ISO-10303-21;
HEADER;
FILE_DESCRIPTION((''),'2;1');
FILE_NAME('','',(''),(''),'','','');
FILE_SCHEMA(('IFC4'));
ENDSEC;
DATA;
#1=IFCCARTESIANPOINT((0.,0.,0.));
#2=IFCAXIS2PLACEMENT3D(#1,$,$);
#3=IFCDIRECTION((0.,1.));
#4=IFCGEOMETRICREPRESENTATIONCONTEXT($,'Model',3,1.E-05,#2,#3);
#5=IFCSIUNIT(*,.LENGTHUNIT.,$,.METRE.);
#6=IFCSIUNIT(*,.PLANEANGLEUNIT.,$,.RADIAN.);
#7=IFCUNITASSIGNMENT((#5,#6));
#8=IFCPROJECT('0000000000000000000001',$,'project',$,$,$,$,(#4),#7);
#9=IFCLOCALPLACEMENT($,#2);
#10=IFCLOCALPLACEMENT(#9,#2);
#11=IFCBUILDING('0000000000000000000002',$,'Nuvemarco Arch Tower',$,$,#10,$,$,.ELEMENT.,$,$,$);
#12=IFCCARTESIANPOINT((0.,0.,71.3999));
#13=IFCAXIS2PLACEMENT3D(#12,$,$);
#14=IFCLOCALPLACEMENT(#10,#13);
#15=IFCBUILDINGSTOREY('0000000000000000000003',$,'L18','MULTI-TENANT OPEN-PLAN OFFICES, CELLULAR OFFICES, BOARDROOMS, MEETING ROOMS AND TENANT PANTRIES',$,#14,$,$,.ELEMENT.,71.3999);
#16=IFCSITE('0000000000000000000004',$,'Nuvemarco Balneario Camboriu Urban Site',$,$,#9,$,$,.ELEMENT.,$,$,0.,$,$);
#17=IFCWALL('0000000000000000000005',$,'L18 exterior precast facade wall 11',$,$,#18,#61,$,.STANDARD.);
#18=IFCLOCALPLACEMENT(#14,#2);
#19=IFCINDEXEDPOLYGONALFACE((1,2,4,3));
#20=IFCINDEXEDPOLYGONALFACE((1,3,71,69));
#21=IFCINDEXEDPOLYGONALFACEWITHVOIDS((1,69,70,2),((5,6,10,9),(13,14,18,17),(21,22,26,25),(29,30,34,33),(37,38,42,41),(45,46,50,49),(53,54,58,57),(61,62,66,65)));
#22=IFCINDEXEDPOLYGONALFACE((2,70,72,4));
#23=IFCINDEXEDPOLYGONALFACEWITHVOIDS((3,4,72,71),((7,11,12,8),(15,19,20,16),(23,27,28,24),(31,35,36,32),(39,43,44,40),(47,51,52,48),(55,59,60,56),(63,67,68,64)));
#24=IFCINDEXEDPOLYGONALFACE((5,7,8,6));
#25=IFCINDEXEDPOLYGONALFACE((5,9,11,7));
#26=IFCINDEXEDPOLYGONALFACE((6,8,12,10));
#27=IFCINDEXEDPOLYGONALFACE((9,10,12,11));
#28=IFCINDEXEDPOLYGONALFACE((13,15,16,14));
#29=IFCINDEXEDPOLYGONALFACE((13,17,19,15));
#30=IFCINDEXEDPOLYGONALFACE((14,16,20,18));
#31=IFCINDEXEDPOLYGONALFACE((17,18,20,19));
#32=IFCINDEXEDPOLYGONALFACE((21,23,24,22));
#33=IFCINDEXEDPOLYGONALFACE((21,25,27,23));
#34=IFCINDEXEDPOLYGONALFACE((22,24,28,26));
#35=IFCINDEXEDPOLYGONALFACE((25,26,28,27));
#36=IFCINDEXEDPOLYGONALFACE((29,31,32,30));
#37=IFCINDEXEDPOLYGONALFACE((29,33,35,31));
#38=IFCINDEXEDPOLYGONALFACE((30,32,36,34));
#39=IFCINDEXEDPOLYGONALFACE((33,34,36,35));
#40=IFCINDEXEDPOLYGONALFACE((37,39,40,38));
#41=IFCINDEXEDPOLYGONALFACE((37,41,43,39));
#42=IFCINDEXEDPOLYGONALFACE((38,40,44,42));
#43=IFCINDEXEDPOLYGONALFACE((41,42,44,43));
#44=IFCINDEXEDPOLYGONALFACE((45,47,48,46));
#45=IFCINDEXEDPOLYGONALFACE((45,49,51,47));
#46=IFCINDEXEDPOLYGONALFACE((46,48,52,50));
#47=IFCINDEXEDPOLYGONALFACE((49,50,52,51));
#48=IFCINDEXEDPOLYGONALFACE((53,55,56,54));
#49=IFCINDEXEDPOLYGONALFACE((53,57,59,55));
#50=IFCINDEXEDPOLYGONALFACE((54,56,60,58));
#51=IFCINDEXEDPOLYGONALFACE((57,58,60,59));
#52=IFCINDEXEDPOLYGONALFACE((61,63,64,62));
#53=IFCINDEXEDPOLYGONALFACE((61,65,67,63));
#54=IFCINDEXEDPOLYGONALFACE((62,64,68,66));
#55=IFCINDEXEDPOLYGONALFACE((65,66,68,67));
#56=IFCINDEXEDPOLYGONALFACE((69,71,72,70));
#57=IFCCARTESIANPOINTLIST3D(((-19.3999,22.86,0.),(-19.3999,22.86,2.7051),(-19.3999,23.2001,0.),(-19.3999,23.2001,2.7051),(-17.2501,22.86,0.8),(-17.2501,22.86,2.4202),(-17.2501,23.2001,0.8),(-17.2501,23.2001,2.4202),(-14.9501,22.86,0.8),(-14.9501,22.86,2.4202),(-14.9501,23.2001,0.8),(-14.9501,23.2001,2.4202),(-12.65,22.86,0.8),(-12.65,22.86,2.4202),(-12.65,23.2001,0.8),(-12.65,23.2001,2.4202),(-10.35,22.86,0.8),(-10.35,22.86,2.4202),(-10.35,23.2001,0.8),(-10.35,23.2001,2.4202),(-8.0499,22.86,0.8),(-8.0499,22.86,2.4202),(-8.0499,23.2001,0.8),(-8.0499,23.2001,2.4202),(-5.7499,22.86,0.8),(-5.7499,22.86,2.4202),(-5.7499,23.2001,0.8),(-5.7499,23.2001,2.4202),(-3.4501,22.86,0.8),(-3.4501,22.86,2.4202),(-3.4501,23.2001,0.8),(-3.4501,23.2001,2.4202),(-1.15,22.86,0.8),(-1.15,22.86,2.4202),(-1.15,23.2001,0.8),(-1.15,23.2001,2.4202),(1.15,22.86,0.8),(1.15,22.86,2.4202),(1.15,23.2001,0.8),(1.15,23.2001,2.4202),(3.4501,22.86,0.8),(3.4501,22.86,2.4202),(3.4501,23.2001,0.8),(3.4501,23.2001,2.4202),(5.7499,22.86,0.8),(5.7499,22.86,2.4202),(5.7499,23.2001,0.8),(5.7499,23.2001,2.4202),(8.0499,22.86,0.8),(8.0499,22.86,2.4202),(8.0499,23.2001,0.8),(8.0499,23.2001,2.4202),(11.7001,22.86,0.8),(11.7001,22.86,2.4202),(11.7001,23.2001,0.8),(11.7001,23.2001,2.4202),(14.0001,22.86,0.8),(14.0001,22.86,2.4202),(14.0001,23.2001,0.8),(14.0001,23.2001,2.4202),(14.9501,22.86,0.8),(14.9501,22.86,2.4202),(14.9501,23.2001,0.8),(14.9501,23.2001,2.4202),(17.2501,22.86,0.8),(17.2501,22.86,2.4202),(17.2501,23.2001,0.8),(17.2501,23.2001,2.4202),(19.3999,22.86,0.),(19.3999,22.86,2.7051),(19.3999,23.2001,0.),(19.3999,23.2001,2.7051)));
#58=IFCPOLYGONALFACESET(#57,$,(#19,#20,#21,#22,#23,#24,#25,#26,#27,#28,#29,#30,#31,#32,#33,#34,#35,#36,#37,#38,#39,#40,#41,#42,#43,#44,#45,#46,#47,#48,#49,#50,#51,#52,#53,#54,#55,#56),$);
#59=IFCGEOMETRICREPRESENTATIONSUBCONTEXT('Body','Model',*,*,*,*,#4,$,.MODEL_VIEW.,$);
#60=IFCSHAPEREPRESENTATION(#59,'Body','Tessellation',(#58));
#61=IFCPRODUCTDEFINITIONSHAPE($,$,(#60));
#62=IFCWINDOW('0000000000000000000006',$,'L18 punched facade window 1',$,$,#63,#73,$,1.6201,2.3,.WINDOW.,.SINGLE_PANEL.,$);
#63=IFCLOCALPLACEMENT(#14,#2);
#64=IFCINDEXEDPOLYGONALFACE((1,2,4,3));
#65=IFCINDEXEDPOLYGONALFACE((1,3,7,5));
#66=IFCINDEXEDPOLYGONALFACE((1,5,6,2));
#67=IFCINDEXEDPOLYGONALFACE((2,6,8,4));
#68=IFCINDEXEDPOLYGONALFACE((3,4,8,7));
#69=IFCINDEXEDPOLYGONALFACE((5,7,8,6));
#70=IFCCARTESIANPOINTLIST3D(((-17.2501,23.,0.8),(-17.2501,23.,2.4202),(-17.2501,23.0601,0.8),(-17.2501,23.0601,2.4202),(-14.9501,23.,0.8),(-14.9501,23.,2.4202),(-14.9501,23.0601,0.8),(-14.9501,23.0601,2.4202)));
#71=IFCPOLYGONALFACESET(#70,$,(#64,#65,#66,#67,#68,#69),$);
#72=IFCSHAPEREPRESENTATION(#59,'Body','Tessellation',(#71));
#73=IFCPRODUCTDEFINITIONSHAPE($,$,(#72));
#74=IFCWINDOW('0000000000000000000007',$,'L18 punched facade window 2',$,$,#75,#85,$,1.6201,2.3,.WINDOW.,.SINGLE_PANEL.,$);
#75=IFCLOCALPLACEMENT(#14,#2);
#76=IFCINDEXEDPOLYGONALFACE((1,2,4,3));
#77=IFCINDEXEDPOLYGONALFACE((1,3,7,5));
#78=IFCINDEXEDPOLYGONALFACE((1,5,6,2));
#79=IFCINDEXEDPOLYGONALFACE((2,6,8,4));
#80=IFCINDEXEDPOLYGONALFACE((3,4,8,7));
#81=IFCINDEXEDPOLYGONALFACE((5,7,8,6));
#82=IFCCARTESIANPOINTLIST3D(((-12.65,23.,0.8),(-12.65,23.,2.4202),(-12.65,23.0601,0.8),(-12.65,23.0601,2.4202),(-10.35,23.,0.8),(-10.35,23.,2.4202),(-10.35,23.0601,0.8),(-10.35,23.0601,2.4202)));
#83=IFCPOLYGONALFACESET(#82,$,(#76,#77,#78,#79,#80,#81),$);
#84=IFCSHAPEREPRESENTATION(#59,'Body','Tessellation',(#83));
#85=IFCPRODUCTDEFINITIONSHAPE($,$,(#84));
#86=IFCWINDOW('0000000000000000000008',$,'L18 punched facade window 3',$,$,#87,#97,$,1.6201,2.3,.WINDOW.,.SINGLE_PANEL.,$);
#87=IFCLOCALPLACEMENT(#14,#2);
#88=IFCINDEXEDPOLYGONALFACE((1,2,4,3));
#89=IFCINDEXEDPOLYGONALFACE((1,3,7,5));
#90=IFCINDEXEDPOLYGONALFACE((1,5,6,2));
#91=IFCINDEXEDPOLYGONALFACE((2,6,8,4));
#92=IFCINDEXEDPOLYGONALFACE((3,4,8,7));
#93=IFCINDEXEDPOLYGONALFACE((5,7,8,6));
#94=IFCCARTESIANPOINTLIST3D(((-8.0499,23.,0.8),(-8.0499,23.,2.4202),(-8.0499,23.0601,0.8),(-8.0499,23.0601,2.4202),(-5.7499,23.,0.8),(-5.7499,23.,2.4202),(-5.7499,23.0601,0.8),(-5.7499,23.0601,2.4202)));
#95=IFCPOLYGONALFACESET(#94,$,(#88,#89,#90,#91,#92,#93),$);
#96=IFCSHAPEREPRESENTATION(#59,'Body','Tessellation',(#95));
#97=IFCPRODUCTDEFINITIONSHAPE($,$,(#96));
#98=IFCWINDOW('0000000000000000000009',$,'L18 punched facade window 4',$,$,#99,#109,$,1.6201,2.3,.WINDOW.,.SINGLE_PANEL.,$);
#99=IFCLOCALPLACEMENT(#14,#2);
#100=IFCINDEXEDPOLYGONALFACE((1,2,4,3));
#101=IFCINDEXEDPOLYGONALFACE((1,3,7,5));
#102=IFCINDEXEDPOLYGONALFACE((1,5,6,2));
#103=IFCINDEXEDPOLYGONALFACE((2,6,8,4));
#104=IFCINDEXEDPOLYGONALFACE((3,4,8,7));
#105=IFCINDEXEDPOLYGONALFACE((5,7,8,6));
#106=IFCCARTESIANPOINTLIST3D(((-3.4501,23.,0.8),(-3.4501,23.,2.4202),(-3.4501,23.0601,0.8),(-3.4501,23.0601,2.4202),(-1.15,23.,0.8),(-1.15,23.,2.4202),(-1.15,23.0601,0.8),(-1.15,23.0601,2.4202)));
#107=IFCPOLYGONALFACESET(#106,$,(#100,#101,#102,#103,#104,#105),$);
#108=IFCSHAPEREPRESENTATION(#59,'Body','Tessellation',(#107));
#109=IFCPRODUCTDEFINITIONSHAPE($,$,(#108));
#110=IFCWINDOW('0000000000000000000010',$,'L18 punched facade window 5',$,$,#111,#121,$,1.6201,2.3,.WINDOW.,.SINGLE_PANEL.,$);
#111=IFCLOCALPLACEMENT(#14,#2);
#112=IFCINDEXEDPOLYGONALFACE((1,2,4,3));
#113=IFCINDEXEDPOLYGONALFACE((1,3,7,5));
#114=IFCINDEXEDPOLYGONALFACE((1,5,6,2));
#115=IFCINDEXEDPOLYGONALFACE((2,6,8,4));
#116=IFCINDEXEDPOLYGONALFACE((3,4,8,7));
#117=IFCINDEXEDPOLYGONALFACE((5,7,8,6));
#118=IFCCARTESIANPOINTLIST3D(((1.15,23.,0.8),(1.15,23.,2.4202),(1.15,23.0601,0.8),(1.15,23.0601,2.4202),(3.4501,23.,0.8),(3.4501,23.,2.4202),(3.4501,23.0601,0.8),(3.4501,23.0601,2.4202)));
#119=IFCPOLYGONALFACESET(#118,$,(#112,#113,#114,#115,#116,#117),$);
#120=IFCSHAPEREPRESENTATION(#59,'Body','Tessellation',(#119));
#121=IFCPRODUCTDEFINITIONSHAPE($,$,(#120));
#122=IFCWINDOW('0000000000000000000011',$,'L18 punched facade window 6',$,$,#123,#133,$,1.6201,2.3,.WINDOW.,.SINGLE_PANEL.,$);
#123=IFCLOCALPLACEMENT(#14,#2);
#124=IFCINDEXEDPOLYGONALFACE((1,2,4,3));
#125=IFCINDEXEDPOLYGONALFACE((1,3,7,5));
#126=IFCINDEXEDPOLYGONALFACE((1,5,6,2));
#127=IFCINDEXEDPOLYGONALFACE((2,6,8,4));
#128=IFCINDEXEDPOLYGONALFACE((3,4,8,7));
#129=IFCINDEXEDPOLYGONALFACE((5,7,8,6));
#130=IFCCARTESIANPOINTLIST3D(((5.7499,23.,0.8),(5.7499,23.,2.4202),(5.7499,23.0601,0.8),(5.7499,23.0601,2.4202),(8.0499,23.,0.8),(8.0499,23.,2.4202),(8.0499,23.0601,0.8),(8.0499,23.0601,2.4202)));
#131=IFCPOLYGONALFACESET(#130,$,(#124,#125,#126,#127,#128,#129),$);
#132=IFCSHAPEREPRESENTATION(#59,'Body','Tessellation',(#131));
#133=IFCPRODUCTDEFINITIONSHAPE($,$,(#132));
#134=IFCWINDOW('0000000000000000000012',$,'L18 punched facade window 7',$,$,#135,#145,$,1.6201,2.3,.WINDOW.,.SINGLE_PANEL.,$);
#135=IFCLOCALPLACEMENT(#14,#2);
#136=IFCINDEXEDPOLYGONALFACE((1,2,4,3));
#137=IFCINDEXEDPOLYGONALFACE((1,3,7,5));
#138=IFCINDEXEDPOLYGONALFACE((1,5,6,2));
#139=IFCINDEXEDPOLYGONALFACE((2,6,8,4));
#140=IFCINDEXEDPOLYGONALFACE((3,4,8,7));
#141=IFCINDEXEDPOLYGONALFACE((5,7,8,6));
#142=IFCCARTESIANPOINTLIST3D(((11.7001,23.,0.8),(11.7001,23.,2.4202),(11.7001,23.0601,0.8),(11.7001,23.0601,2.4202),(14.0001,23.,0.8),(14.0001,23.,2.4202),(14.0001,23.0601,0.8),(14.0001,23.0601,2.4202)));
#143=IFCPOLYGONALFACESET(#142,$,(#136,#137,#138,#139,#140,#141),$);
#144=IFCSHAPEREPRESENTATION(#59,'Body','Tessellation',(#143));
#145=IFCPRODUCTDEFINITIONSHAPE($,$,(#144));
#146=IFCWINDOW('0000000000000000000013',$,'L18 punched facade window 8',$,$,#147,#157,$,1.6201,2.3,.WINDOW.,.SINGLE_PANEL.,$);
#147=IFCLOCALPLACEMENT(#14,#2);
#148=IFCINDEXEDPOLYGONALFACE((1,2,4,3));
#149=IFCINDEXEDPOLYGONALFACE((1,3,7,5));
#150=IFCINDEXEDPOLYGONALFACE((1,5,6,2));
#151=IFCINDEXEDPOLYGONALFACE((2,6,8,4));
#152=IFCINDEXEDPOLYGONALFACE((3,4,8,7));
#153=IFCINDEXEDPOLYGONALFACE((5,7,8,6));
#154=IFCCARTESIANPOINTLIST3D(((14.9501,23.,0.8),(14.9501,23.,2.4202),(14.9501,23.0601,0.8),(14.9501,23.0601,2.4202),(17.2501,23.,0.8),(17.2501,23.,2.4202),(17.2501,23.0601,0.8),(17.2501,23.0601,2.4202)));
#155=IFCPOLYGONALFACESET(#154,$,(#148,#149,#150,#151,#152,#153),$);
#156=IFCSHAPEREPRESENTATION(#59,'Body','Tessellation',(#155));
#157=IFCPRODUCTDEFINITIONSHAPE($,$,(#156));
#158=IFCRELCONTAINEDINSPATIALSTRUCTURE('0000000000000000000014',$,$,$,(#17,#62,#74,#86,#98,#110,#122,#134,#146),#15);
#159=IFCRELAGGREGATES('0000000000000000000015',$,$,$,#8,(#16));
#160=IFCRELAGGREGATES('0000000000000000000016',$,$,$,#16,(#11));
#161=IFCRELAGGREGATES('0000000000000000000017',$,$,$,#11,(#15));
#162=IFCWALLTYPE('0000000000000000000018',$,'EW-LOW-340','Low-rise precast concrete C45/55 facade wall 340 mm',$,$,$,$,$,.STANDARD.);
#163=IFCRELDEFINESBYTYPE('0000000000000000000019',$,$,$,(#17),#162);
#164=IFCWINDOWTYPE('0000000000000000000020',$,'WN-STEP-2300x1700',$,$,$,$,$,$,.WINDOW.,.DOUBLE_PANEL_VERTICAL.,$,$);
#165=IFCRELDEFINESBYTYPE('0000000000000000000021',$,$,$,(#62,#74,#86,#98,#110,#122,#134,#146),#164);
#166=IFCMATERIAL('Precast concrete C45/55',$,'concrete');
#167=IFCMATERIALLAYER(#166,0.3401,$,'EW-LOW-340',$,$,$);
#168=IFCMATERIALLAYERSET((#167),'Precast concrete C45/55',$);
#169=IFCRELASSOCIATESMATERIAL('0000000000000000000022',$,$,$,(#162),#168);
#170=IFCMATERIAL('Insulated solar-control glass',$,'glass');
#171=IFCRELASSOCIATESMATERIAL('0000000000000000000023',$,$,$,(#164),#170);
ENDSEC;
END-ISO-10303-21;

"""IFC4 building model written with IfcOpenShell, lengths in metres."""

from ifc_helpers import new_model, si_unit, direction, frame, frame_2d, origin, place, context, subcontext, project, spatial, rectangle, extrude, source, transform, mapped, material, layer, layer_set, type_object, type_shapes, element, fill, save


model = new_model("IFC4")

# Units and contexts
model_context = context("Model", 3, precision=1e-05, world=origin(), true_north=direction((0.0, 1.0)))
body_context = subcontext(model_context, "Body", "Model", "MODEL_VIEW")
ifc_project = project(units=[si_unit("LENGTHUNIT", "METRE"), si_unit("PLANEANGLEUNIT", "RADIAN")], contexts=[model_context])

# Site, building, storey
site_placement = place(None, origin())
site = spatial("IfcSite", under=ifc_project, at=site_placement, Name="Nuvemarco Balneario Camboriu Urban Site", CompositionType="ELEMENT", RefElevation=0.0)
building_placement = place(site_placement, origin())
building = spatial("IfcBuilding", under=site, at=building_placement, Name="Nuvemarco Arch Tower", CompositionType="ELEMENT")
storey_placement = place(building_placement, frame((0.0, 0.0, 71.3999)))
storey = spatial("IfcBuildingStorey", under=building, at=storey_placement, Name="L18", Description="MULTI-TENANT OPEN-PLAN OFFICES, CELLULAR OFFICES, BOARDROOMS, MEETING ROOMS AND TENANT PANTRIES", CompositionType="ELEMENT", Elevation=71.3999)

# Wall, openings, windows
ifc_material_1 = material(Name="Precast concrete C45/55", Category="concrete")
ifc_layer = layer(ifc_material_1, 0.3401, Name="EW-LOW-340")
ifc_layer_set = layer_set([ifc_layer], Name="Precast concrete C45/55")
wall_type = type_object("IfcWallType", Name="EW-LOW-340", Description="Low-rise precast concrete C45/55 facade wall 340 mm", PredefinedType="STANDARD", material=ifc_layer_set)
wall_1_placement = place(storey_placement, frame((-19.3999, 23.03, 0.0), z_axis=(0.0, 0.0, 1.0), x_axis=(1.0, 0.0, 0.0)))
wall_1 = element("IfcWall", 1, at=wall_1_placement, inside=storey, type_object=wall_type, Name="L18 exterior precast facade wall 11", PredefinedType="STANDARD", context=body_context, shape_type="SweptSolid", body=[
    extrude(rectangle(XDim=38.7998, YDim=0.3401, at=frame_2d((19.3999, 0.0))), origin(), (0.0, 0.0, 1.0), 2.7051),
])
opening_1_placement = place(wall_1_placement, frame((2.1499, 0.0, 0.8)))
opening_1 = element("IfcOpeningElement", 2, at=opening_1_placement, cuts=wall_1, PredefinedType="OPENING", context=body_context, shape_type="SweptSolid", body=[
    extrude(rectangle(XDim=2.3, YDim=1.6201, at=frame_2d((1.1499, 0.8101))), frame((0.0, 0.1799, 0.0), z_axis=(0.0, -1.0, 0.0), x_axis=(1.0, 0.0, 0.0)), (0.0, 0.0, 1.0), 0.3601),
])
opening_2_placement = place(wall_1_placement, frame((6.75, 0.0, 0.8)))
opening_2 = element("IfcOpeningElement", 3, at=opening_2_placement, cuts=wall_1, PredefinedType="OPENING", context=body_context, shape_type="SweptSolid", body=[
    extrude(rectangle(XDim=2.3, YDim=1.6201, at=frame_2d((1.1499, 0.8101))), frame((0.0, 0.1799, 0.0), z_axis=(0.0, -1.0, 0.0), x_axis=(1.0, 0.0, 0.0)), (0.0, 0.0, 1.0), 0.3601),
])
opening_3_placement = place(wall_1_placement, frame((11.3501, 0.0, 0.8)))
opening_3 = element("IfcOpeningElement", 4, at=opening_3_placement, cuts=wall_1, PredefinedType="OPENING", context=body_context, shape_type="SweptSolid", body=[
    extrude(rectangle(XDim=2.3, YDim=1.6201, at=frame_2d((1.1499, 0.8101))), frame((0.0, 0.1799, 0.0), z_axis=(0.0, -1.0, 0.0), x_axis=(1.0, 0.0, 0.0)), (0.0, 0.0, 1.0), 0.3601),
])
opening_4_placement = place(wall_1_placement, frame((15.95, 0.0, 0.8)))
opening_4 = element("IfcOpeningElement", 5, at=opening_4_placement, cuts=wall_1, PredefinedType="OPENING", context=body_context, shape_type="SweptSolid", body=[
    extrude(rectangle(XDim=2.3, YDim=1.6201, at=frame_2d((1.1499, 0.8101))), frame((0.0, 0.1799, 0.0), z_axis=(0.0, -1.0, 0.0), x_axis=(1.0, 0.0, 0.0)), (0.0, 0.0, 1.0), 0.3601),
])
opening_5_placement = place(wall_1_placement, frame((20.55, 0.0, 0.8)))
opening_5 = element("IfcOpeningElement", 6, at=opening_5_placement, cuts=wall_1, PredefinedType="OPENING", context=body_context, shape_type="SweptSolid", body=[
    extrude(rectangle(XDim=2.3, YDim=1.6201, at=frame_2d((1.1499, 0.8101))), frame((0.0, 0.1799, 0.0), z_axis=(0.0, -1.0, 0.0), x_axis=(1.0, 0.0, 0.0)), (0.0, 0.0, 1.0), 0.3601),
])
opening_6_placement = place(wall_1_placement, frame((25.1499, 0.0, 0.8)))
opening_6 = element("IfcOpeningElement", 7, at=opening_6_placement, cuts=wall_1, PredefinedType="OPENING", context=body_context, shape_type="SweptSolid", body=[
    extrude(rectangle(XDim=2.3, YDim=1.6201, at=frame_2d((1.1499, 0.8101))), frame((0.0, 0.1799, 0.0), z_axis=(0.0, -1.0, 0.0), x_axis=(1.0, 0.0, 0.0)), (0.0, 0.0, 1.0), 0.3601),
])
opening_7_placement = place(wall_1_placement, frame((31.1001, 0.0, 0.8)))
opening_7 = element("IfcOpeningElement", 8, at=opening_7_placement, cuts=wall_1, PredefinedType="OPENING", context=body_context, shape_type="SweptSolid", body=[
    extrude(rectangle(XDim=2.3, YDim=1.6201, at=frame_2d((1.1499, 0.8101))), frame((0.0, 0.1799, 0.0), z_axis=(0.0, -1.0, 0.0), x_axis=(1.0, 0.0, 0.0)), (0.0, 0.0, 1.0), 0.3601),
])
opening_8_placement = place(wall_1_placement, frame((34.3501, 0.0, 0.8)))
opening_8 = element("IfcOpeningElement", 9, at=opening_8_placement, cuts=wall_1, PredefinedType="OPENING", context=body_context, shape_type="SweptSolid", body=[
    extrude(rectangle(XDim=2.3, YDim=1.6201, at=frame_2d((1.1499, 0.8101))), frame((0.0, 0.1799, 0.0), z_axis=(0.0, -1.0, 0.0), x_axis=(1.0, 0.0, 0.0)), (0.0, 0.0, 1.0), 0.3601),
])
ifc_material_2 = material(Name="Insulated solar-control glass", Category="glass")
window_type = type_object("IfcWindowType", Name="WN-STEP-2300x1700", PartitioningType="DOUBLE_PANEL_VERTICAL", PredefinedType="WINDOW", material=ifc_material_2)
shared_shape_1 = source(origin(), body_context, "Body", "SweptSolid", [
    extrude(rectangle(XDim=2.3, YDim=1.6201, at=frame_2d((1.1499, 0.8101))), frame((0.0, 0.03, 0.0), z_axis=(0.0, -1.0, 0.0), x_axis=(1.0, 0.0, 0.0)), (0.0, 0.0, 1.0), 0.0601),
])
type_shapes(window_type, [shared_shape_1])
window_1_placement = place(opening_1_placement, origin())
window_1 = element("IfcWindow", 10, at=window_1_placement, inside=storey, type_object=window_type, Name="L18 punched facade window 1", OverallHeight=1.6201, OverallWidth=2.3, PartitioningType="SINGLE_PANEL", PredefinedType="WINDOW", context=body_context, shape_type="MappedRepresentation", body=[
    mapped(shared_shape_1, transform((0.0, 0.0, 0.0), scale=1.0)),
])
fill(opening_1, window_1)
window_2_placement = place(opening_2_placement, origin())
window_2 = element("IfcWindow", 11, at=window_2_placement, inside=storey, type_object=window_type, Name="L18 punched facade window 2", OverallHeight=1.6201, OverallWidth=2.3, PartitioningType="SINGLE_PANEL", PredefinedType="WINDOW", context=body_context, shape_type="MappedRepresentation", body=[
    mapped(shared_shape_1, transform((0.0, 0.0, 0.0), scale=1.0)),
])
fill(opening_2, window_2)
window_3_placement = place(opening_3_placement, origin())
window_3 = element("IfcWindow", 12, at=window_3_placement, inside=storey, type_object=window_type, Name="L18 punched facade window 3", OverallHeight=1.6201, OverallWidth=2.3, PartitioningType="SINGLE_PANEL", PredefinedType="WINDOW", context=body_context, shape_type="MappedRepresentation", body=[
    mapped(shared_shape_1, transform((0.0, 0.0, 0.0), scale=1.0)),
])
fill(opening_3, window_3)
window_4_placement = place(opening_4_placement, origin())
window_4 = element("IfcWindow", 13, at=window_4_placement, inside=storey, type_object=window_type, Name="L18 punched facade window 4", OverallHeight=1.6201, OverallWidth=2.3, PartitioningType="SINGLE_PANEL", PredefinedType="WINDOW", context=body_context, shape_type="MappedRepresentation", body=[
    mapped(shared_shape_1, transform((0.0, 0.0, 0.0), scale=1.0)),
])
fill(opening_4, window_4)
window_5_placement = place(opening_5_placement, origin())
window_5 = element("IfcWindow", 14, at=window_5_placement, inside=storey, type_object=window_type, Name="L18 punched facade window 5", OverallHeight=1.6201, OverallWidth=2.3, PartitioningType="SINGLE_PANEL", PredefinedType="WINDOW", context=body_context, shape_type="MappedRepresentation", body=[
    mapped(shared_shape_1, transform((0.0, 0.0, 0.0), scale=1.0)),
])
fill(opening_5, window_5)
window_6_placement = place(opening_6_placement, origin())
window_6 = element("IfcWindow", 15, at=window_6_placement, inside=storey, type_object=window_type, Name="L18 punched facade window 6", OverallHeight=1.6201, OverallWidth=2.3, PartitioningType="SINGLE_PANEL", PredefinedType="WINDOW", context=body_context, shape_type="MappedRepresentation", body=[
    mapped(shared_shape_1, transform((0.0, 0.0, 0.0), scale=1.0)),
])
fill(opening_6, window_6)
window_7_placement = place(opening_7_placement, origin())
window_7 = element("IfcWindow", 16, at=window_7_placement, inside=storey, type_object=window_type, Name="L18 punched facade window 7", OverallHeight=1.6201, OverallWidth=2.3, PartitioningType="SINGLE_PANEL", PredefinedType="WINDOW", context=body_context, shape_type="MappedRepresentation", body=[
    mapped(shared_shape_1, transform((0.0, 0.0, 0.0), scale=1.0)),
])
fill(opening_7, window_7)
window_8_placement = place(opening_8_placement, origin())
window_8 = element("IfcWindow", 17, at=window_8_placement, inside=storey, type_object=window_type, Name="L18 punched facade window 8", OverallHeight=1.6201, OverallWidth=2.3, PartitioningType="SINGLE_PANEL", PredefinedType="WINDOW", context=body_context, shape_type="MappedRepresentation", body=[
    mapped(shared_shape_1, transform((0.0, 0.0, 0.0), scale=1.0)),
])
fill(opening_8, window_8)

save(model, "model.ifc")
